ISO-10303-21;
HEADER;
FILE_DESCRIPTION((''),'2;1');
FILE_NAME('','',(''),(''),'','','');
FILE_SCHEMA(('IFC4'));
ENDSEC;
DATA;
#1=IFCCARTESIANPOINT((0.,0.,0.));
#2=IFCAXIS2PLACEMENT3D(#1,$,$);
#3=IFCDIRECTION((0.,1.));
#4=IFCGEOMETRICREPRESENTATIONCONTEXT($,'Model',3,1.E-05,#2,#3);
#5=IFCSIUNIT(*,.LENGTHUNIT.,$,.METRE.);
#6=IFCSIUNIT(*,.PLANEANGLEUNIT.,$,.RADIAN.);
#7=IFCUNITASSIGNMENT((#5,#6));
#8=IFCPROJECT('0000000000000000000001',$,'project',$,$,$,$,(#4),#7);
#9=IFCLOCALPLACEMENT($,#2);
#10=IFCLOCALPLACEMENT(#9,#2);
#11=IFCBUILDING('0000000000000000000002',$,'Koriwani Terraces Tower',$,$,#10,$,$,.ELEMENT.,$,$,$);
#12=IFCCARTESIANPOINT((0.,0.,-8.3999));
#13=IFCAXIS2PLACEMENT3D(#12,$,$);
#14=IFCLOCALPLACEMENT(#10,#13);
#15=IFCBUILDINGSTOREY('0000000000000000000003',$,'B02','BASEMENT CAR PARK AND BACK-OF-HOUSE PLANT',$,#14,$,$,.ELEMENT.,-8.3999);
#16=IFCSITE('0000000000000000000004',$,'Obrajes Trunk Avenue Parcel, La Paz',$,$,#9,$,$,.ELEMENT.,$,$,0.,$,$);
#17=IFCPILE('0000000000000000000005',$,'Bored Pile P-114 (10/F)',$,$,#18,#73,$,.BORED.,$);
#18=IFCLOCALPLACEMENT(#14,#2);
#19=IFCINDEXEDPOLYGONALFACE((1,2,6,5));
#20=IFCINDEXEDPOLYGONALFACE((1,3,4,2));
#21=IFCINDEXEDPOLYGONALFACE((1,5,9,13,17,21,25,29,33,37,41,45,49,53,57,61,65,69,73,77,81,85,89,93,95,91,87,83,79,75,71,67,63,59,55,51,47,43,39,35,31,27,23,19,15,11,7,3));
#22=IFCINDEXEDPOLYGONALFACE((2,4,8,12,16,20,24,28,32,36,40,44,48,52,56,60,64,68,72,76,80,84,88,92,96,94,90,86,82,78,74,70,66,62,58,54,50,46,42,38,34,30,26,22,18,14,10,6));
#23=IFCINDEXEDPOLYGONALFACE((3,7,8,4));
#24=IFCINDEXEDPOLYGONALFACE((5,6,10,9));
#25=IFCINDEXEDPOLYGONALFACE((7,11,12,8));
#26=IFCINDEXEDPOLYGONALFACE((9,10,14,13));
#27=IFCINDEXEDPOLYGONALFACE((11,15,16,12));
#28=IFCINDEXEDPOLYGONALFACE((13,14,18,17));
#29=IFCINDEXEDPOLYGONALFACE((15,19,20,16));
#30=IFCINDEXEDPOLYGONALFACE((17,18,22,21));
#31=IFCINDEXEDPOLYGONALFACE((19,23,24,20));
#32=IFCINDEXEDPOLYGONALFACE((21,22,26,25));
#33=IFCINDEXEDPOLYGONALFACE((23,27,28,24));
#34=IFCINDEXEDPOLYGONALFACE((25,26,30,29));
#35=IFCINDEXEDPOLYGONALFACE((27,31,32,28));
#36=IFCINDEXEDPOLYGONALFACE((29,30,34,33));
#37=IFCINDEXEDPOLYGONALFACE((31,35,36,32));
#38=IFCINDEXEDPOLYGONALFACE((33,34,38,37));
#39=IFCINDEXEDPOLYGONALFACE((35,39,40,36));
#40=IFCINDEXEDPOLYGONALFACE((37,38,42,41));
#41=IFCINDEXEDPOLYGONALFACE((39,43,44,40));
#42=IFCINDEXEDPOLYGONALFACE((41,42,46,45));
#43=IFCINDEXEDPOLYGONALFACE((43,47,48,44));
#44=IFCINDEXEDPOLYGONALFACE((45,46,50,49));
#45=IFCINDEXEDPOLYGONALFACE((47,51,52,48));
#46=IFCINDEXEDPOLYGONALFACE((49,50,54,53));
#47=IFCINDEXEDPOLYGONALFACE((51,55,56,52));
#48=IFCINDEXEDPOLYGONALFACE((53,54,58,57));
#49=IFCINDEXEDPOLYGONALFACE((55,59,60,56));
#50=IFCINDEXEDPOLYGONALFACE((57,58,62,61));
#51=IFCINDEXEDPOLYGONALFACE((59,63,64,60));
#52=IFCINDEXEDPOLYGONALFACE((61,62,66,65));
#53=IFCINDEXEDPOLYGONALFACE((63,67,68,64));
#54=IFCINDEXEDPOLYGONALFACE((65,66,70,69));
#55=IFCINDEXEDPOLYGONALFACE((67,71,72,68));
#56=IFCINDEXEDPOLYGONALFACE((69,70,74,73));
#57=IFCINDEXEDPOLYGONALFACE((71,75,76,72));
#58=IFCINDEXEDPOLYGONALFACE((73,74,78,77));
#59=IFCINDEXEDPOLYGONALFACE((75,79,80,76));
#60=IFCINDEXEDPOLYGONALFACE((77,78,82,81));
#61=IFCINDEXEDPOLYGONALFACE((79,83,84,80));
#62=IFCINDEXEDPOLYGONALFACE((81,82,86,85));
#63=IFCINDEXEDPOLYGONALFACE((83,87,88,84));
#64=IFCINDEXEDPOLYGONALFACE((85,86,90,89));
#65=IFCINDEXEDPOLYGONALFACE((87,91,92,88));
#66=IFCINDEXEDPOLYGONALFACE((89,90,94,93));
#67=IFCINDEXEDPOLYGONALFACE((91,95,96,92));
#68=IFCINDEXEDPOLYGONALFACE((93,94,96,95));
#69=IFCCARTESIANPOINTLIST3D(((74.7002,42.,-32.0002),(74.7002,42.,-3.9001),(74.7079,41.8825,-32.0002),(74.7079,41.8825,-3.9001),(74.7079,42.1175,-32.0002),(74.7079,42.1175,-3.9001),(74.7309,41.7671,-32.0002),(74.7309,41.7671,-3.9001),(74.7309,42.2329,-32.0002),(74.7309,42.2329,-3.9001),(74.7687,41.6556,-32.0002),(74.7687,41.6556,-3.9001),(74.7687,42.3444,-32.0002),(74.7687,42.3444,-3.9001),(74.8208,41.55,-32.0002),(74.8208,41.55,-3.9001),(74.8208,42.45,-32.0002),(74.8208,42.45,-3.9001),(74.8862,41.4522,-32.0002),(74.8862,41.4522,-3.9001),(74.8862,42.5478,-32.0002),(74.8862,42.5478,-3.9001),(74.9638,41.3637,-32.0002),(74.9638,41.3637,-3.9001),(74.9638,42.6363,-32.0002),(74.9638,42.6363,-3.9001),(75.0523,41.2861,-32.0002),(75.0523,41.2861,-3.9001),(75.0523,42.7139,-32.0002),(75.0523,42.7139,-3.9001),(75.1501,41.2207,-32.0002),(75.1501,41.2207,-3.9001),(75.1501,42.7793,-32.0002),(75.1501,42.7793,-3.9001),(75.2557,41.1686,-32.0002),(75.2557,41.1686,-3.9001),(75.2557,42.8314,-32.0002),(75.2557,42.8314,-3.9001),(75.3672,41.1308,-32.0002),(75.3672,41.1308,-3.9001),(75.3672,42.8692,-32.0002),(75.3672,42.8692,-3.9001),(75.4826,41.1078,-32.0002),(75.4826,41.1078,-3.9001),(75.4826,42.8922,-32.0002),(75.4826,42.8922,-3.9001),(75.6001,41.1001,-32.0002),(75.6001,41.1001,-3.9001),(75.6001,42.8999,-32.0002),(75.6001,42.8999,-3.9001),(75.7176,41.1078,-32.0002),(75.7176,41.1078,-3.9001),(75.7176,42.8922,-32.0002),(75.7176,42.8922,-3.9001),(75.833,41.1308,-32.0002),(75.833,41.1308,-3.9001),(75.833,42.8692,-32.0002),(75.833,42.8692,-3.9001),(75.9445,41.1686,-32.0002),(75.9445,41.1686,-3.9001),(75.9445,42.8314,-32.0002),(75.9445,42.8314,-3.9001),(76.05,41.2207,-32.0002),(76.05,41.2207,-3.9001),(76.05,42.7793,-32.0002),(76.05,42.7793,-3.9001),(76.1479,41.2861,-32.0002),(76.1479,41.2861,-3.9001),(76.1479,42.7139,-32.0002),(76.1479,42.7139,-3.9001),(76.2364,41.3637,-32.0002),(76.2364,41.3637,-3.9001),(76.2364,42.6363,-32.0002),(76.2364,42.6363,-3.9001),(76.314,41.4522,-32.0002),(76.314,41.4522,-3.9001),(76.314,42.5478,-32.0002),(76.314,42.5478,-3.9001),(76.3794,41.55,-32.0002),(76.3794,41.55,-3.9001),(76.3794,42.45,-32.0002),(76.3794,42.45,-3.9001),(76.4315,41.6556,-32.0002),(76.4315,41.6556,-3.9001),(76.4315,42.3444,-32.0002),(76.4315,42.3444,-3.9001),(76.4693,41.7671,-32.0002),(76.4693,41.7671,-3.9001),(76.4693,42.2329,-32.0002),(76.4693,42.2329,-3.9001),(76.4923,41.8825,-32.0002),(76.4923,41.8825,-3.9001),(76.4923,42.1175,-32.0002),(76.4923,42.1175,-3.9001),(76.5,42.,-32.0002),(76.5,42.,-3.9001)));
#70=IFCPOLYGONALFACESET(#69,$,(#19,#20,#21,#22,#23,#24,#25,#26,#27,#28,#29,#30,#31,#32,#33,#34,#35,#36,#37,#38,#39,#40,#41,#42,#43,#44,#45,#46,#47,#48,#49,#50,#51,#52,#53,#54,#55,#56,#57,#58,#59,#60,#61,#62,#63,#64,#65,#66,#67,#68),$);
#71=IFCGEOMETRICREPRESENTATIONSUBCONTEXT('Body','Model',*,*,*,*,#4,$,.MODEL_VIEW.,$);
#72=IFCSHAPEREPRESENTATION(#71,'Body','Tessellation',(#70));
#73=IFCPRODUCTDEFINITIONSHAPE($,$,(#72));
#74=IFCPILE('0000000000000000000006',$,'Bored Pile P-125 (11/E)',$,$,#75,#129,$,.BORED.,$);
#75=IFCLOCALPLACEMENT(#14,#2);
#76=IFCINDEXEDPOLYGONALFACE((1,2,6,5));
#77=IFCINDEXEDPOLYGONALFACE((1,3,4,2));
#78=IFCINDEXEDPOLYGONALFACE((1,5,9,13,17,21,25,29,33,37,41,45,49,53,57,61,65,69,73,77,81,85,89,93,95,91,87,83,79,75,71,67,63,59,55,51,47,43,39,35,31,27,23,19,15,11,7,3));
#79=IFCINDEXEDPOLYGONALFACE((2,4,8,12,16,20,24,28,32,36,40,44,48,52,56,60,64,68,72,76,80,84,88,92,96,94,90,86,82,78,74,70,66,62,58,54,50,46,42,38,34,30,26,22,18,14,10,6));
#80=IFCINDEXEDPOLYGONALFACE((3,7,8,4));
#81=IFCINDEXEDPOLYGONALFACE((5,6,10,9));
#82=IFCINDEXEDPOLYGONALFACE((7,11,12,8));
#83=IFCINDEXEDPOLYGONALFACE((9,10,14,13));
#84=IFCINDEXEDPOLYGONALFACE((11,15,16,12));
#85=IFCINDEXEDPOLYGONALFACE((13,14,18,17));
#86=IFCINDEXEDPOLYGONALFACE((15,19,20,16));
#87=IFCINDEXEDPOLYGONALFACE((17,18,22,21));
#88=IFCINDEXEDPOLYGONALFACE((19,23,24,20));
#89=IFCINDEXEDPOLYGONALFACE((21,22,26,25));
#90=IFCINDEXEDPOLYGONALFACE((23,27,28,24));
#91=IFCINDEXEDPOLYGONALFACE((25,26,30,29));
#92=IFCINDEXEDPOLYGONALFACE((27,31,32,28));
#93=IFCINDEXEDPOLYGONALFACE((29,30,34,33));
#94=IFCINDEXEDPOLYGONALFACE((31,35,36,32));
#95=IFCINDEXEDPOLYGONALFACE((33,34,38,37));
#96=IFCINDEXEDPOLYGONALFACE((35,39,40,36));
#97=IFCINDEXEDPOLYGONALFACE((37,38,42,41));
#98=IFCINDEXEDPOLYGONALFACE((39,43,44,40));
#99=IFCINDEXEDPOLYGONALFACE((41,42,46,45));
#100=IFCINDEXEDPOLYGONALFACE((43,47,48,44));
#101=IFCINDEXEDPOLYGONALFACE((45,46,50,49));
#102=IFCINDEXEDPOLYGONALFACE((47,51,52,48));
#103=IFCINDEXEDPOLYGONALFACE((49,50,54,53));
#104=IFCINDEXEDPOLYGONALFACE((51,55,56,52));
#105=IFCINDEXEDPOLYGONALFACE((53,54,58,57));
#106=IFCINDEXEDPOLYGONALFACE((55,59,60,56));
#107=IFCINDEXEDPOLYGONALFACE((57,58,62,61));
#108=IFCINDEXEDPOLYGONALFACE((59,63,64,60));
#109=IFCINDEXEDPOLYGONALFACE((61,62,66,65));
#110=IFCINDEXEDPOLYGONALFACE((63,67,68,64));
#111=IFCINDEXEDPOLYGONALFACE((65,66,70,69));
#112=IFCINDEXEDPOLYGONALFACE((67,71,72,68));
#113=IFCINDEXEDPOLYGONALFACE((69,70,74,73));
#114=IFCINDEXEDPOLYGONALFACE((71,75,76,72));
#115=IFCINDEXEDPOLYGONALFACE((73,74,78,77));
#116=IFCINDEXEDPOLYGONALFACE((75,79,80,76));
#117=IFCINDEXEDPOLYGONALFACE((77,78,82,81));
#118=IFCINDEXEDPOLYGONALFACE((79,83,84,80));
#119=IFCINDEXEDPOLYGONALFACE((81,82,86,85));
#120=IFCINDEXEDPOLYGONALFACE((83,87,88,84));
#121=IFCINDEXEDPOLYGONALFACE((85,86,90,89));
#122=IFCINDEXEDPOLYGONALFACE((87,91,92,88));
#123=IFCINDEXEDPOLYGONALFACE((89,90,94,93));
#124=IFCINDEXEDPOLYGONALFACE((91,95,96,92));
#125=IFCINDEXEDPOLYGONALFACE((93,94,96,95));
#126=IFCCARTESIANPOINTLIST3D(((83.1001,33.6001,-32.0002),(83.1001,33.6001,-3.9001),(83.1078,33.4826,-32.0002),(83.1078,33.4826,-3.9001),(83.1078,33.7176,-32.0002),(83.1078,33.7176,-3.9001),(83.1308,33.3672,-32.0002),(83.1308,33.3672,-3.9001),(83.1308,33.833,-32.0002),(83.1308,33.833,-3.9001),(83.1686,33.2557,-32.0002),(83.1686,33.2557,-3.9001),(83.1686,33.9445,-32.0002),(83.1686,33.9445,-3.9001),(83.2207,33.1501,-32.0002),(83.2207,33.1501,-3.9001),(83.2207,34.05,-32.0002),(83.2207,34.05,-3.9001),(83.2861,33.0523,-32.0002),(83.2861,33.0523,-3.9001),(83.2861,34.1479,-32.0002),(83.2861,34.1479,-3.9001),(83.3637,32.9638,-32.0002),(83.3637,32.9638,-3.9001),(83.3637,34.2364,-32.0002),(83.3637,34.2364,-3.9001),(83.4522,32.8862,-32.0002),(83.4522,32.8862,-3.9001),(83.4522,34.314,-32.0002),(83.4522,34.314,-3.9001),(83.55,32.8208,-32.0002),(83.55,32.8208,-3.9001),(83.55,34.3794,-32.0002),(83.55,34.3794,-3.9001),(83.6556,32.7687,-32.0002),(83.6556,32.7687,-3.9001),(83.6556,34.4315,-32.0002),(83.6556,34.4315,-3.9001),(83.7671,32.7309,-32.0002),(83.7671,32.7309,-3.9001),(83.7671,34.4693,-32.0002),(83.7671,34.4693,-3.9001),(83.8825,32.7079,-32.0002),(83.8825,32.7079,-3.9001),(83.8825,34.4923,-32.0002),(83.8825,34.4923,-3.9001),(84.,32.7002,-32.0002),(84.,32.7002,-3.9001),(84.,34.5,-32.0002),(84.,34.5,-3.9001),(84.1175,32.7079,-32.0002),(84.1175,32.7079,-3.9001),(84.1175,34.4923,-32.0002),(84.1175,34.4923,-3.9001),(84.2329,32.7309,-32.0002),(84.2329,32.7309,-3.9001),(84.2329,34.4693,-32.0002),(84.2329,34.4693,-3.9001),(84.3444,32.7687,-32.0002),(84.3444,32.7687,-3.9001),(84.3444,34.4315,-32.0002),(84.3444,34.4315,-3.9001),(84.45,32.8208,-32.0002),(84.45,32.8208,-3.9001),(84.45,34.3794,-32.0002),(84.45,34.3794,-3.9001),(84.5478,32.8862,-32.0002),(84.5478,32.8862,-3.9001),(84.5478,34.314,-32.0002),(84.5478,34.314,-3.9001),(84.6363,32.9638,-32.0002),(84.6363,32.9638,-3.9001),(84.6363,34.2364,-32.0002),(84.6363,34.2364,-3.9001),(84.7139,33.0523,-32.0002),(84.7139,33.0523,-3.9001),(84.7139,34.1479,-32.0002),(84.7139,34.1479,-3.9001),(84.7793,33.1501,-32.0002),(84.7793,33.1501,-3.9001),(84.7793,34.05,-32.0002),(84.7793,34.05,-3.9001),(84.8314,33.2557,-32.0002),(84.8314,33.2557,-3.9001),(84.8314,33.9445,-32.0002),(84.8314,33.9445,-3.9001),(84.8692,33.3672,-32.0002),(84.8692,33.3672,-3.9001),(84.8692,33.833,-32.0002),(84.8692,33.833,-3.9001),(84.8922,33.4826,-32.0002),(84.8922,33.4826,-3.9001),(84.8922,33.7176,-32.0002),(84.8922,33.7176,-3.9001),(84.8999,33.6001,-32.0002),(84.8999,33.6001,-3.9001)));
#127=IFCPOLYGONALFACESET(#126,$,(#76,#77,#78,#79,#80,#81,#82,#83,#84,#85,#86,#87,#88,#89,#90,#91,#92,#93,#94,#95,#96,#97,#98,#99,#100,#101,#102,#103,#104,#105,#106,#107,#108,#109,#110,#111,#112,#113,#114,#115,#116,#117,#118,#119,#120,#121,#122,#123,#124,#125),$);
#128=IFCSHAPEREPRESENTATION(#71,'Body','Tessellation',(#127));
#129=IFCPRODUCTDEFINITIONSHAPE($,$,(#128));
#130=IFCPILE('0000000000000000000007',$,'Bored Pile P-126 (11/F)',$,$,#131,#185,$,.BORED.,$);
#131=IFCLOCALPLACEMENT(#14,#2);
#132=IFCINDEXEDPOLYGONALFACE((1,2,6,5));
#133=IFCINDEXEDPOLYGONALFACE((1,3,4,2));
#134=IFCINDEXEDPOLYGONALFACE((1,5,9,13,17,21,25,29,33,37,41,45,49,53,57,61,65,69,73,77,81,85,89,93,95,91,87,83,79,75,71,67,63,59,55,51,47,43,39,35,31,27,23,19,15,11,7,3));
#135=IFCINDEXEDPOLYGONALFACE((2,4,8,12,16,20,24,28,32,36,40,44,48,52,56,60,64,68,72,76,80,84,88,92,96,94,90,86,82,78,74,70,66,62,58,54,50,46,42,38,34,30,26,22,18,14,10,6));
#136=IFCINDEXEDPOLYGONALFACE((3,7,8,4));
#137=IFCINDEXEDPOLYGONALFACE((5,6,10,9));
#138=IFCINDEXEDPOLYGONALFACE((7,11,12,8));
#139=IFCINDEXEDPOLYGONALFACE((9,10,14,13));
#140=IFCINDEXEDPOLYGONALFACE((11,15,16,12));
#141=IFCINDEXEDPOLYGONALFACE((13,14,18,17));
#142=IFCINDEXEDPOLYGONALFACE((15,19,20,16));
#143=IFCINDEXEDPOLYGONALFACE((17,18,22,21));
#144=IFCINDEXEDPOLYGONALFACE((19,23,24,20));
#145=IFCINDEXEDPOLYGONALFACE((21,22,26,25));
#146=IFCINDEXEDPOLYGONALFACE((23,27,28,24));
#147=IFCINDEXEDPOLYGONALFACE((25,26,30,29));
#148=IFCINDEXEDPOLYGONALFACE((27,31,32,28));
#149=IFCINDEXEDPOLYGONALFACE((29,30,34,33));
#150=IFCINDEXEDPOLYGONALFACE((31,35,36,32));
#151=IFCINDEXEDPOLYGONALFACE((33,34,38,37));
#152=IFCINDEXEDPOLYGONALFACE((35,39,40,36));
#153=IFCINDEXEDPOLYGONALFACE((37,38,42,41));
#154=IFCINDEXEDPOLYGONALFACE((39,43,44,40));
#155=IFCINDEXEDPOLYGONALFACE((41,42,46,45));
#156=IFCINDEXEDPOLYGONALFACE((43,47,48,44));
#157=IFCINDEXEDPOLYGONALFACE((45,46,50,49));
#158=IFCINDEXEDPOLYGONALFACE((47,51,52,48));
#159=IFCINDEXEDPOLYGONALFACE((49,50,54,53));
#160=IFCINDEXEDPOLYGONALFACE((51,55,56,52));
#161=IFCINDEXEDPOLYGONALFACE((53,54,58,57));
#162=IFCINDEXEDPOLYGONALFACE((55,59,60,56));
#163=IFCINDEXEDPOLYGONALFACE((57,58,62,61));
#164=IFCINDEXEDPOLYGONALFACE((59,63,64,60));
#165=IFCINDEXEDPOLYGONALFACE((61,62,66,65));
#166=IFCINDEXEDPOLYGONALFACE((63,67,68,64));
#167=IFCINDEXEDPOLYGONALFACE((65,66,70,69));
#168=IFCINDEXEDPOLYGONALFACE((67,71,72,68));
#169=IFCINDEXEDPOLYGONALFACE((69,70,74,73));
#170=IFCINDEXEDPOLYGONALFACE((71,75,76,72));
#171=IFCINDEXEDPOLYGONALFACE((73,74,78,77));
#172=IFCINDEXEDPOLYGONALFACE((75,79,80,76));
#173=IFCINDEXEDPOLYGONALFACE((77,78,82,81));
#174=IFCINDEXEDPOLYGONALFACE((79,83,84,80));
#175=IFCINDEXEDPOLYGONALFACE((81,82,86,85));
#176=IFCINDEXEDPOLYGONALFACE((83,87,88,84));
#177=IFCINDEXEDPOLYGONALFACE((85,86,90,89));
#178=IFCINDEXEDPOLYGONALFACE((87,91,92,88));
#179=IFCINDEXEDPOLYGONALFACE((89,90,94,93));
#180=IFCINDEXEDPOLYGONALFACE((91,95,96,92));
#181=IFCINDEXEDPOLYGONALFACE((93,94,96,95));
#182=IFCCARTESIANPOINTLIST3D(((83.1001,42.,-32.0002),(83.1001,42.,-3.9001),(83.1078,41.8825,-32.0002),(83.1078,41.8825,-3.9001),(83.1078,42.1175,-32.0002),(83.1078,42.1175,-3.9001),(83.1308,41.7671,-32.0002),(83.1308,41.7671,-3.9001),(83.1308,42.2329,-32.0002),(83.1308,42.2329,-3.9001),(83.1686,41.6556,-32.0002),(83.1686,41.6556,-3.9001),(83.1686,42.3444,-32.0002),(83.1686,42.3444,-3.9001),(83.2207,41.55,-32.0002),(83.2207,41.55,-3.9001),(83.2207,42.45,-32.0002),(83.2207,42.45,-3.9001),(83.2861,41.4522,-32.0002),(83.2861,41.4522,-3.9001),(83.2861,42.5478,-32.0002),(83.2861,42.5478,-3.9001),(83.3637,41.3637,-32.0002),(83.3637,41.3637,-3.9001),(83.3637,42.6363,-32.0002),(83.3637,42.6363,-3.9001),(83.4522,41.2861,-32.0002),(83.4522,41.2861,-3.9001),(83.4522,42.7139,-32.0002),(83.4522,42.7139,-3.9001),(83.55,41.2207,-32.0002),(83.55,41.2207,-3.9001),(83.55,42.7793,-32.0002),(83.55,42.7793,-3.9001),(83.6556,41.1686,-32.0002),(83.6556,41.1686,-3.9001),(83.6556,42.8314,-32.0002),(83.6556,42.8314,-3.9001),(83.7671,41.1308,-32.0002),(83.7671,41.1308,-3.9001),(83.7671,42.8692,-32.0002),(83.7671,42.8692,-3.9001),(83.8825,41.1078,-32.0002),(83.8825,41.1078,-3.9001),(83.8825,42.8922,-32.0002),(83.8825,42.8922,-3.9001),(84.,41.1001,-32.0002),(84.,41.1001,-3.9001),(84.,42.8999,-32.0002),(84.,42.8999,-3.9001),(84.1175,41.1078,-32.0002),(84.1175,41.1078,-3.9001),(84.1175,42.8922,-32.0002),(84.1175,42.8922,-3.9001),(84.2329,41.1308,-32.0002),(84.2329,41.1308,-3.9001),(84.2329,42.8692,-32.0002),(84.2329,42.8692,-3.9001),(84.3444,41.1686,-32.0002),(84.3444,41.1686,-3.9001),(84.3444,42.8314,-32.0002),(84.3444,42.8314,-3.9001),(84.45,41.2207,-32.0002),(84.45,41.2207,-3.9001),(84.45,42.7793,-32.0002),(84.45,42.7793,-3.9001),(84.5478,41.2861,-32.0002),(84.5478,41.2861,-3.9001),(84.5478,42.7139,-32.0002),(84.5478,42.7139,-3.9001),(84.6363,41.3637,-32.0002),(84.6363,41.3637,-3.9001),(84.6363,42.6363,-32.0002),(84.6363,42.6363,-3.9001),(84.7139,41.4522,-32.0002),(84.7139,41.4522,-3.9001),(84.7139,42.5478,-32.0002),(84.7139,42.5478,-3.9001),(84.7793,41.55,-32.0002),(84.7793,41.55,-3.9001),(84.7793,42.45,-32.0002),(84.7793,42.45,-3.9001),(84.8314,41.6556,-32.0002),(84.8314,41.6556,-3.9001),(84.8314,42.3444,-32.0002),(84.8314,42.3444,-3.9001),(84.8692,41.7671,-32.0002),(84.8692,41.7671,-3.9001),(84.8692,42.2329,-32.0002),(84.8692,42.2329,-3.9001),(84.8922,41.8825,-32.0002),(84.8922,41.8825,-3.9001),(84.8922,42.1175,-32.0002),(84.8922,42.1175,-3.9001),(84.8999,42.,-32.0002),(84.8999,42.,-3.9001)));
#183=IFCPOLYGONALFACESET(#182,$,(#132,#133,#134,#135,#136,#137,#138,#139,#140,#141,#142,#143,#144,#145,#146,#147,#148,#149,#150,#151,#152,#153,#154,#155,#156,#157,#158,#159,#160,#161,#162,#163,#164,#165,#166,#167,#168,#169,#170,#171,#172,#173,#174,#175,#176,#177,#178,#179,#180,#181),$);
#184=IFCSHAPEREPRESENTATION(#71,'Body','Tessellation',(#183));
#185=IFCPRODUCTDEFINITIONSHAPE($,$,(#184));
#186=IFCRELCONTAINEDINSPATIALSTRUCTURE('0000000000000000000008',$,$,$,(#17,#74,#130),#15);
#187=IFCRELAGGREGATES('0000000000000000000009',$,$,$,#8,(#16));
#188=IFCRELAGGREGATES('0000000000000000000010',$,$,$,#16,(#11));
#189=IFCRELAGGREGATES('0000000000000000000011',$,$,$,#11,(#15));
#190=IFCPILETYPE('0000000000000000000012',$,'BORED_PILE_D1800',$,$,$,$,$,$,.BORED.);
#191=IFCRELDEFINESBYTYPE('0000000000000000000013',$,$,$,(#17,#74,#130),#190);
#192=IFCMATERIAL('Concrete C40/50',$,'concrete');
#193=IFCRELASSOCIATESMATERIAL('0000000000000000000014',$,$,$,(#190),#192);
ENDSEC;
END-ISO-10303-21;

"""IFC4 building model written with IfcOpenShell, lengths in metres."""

from ifc_helpers import new_model, si_unit, direction, frame, origin, origin_2d, place, context, subcontext, project, spatial, circle, extrude, material, material_profile, profile_set, type_object, element, save


model = new_model("IFC4")

# Units and contexts
model_context = context("Model", 3, precision=1e-05, world=origin(), true_north=direction((0.0, 1.0)))
body_context = subcontext(model_context, "Body", "Model", "MODEL_VIEW")
ifc_project = project(units=[si_unit("LENGTHUNIT", "METRE"), si_unit("PLANEANGLEUNIT", "RADIAN")], contexts=[model_context])

# Site, building, storey
site_placement = place(None, origin())
site = spatial("IfcSite", under=ifc_project, at=site_placement, Name="Obrajes Trunk Avenue Parcel, La Paz", CompositionType="ELEMENT", RefElevation=0.0)
building_placement = place(site_placement, origin())
building = spatial("IfcBuilding", under=site, at=building_placement, Name="Koriwani Terraces Tower", CompositionType="ELEMENT")
storey_placement = place(building_placement, frame((0.0, 0.0, -8.3999)))
storey = spatial("IfcBuildingStorey", under=building, at=storey_placement, Name="B02", Description="BASEMENT CAR PARK AND BACK-OF-HOUSE PLANT", CompositionType="ELEMENT", Elevation=-8.3999)

# Piles
ifc_material_1 = material(Name="Concrete C40/50", Category="concrete")
ifc_material_profile_1 = material_profile(ifc_material_1, circle(Radius=0.8999, at=origin_2d()), Name="Concrete C40/50")
ifc_profile_set_1 = profile_set([ifc_material_profile_1], Name="Concrete C40/50")
pile_type_1 = type_object("IfcPileType", Name="BORED_PILE_D1800", PredefinedType="BORED", material=ifc_profile_set_1)
for number, where, z_axis, x_axis, name in (
    (1, (75.6001, 42.0, -3.9001), (0.0, 0.0, -1.0), (1.0, 0.0, 0.0), "Bored Pile P-114 (10/F)"),
    (2, (84.0, 33.6001, -3.9001), (0.0, 0.0, -1.0), (1.0, 0.0, 0.0), "Bored Pile P-125 (11/E)"),
    (3, (84.0, 42.0, -3.9001), (0.0, 0.0, -1.0), (1.0, 0.0, 0.0), "Bored Pile P-126 (11/F)"),
):
    element("IfcPile", number, at=place(storey_placement, frame(where, z_axis=z_axis, x_axis=x_axis)), inside=storey, type_object=pile_type_1, Name=name, PredefinedType="BORED", context=body_context, shape_type="SweptSolid", body=[
        extrude(circle(Radius=0.8999, at=origin_2d()), origin(), (0.0, 0.0, 1.0), 28.1001),
    ])

save(model, "model.ifc")
